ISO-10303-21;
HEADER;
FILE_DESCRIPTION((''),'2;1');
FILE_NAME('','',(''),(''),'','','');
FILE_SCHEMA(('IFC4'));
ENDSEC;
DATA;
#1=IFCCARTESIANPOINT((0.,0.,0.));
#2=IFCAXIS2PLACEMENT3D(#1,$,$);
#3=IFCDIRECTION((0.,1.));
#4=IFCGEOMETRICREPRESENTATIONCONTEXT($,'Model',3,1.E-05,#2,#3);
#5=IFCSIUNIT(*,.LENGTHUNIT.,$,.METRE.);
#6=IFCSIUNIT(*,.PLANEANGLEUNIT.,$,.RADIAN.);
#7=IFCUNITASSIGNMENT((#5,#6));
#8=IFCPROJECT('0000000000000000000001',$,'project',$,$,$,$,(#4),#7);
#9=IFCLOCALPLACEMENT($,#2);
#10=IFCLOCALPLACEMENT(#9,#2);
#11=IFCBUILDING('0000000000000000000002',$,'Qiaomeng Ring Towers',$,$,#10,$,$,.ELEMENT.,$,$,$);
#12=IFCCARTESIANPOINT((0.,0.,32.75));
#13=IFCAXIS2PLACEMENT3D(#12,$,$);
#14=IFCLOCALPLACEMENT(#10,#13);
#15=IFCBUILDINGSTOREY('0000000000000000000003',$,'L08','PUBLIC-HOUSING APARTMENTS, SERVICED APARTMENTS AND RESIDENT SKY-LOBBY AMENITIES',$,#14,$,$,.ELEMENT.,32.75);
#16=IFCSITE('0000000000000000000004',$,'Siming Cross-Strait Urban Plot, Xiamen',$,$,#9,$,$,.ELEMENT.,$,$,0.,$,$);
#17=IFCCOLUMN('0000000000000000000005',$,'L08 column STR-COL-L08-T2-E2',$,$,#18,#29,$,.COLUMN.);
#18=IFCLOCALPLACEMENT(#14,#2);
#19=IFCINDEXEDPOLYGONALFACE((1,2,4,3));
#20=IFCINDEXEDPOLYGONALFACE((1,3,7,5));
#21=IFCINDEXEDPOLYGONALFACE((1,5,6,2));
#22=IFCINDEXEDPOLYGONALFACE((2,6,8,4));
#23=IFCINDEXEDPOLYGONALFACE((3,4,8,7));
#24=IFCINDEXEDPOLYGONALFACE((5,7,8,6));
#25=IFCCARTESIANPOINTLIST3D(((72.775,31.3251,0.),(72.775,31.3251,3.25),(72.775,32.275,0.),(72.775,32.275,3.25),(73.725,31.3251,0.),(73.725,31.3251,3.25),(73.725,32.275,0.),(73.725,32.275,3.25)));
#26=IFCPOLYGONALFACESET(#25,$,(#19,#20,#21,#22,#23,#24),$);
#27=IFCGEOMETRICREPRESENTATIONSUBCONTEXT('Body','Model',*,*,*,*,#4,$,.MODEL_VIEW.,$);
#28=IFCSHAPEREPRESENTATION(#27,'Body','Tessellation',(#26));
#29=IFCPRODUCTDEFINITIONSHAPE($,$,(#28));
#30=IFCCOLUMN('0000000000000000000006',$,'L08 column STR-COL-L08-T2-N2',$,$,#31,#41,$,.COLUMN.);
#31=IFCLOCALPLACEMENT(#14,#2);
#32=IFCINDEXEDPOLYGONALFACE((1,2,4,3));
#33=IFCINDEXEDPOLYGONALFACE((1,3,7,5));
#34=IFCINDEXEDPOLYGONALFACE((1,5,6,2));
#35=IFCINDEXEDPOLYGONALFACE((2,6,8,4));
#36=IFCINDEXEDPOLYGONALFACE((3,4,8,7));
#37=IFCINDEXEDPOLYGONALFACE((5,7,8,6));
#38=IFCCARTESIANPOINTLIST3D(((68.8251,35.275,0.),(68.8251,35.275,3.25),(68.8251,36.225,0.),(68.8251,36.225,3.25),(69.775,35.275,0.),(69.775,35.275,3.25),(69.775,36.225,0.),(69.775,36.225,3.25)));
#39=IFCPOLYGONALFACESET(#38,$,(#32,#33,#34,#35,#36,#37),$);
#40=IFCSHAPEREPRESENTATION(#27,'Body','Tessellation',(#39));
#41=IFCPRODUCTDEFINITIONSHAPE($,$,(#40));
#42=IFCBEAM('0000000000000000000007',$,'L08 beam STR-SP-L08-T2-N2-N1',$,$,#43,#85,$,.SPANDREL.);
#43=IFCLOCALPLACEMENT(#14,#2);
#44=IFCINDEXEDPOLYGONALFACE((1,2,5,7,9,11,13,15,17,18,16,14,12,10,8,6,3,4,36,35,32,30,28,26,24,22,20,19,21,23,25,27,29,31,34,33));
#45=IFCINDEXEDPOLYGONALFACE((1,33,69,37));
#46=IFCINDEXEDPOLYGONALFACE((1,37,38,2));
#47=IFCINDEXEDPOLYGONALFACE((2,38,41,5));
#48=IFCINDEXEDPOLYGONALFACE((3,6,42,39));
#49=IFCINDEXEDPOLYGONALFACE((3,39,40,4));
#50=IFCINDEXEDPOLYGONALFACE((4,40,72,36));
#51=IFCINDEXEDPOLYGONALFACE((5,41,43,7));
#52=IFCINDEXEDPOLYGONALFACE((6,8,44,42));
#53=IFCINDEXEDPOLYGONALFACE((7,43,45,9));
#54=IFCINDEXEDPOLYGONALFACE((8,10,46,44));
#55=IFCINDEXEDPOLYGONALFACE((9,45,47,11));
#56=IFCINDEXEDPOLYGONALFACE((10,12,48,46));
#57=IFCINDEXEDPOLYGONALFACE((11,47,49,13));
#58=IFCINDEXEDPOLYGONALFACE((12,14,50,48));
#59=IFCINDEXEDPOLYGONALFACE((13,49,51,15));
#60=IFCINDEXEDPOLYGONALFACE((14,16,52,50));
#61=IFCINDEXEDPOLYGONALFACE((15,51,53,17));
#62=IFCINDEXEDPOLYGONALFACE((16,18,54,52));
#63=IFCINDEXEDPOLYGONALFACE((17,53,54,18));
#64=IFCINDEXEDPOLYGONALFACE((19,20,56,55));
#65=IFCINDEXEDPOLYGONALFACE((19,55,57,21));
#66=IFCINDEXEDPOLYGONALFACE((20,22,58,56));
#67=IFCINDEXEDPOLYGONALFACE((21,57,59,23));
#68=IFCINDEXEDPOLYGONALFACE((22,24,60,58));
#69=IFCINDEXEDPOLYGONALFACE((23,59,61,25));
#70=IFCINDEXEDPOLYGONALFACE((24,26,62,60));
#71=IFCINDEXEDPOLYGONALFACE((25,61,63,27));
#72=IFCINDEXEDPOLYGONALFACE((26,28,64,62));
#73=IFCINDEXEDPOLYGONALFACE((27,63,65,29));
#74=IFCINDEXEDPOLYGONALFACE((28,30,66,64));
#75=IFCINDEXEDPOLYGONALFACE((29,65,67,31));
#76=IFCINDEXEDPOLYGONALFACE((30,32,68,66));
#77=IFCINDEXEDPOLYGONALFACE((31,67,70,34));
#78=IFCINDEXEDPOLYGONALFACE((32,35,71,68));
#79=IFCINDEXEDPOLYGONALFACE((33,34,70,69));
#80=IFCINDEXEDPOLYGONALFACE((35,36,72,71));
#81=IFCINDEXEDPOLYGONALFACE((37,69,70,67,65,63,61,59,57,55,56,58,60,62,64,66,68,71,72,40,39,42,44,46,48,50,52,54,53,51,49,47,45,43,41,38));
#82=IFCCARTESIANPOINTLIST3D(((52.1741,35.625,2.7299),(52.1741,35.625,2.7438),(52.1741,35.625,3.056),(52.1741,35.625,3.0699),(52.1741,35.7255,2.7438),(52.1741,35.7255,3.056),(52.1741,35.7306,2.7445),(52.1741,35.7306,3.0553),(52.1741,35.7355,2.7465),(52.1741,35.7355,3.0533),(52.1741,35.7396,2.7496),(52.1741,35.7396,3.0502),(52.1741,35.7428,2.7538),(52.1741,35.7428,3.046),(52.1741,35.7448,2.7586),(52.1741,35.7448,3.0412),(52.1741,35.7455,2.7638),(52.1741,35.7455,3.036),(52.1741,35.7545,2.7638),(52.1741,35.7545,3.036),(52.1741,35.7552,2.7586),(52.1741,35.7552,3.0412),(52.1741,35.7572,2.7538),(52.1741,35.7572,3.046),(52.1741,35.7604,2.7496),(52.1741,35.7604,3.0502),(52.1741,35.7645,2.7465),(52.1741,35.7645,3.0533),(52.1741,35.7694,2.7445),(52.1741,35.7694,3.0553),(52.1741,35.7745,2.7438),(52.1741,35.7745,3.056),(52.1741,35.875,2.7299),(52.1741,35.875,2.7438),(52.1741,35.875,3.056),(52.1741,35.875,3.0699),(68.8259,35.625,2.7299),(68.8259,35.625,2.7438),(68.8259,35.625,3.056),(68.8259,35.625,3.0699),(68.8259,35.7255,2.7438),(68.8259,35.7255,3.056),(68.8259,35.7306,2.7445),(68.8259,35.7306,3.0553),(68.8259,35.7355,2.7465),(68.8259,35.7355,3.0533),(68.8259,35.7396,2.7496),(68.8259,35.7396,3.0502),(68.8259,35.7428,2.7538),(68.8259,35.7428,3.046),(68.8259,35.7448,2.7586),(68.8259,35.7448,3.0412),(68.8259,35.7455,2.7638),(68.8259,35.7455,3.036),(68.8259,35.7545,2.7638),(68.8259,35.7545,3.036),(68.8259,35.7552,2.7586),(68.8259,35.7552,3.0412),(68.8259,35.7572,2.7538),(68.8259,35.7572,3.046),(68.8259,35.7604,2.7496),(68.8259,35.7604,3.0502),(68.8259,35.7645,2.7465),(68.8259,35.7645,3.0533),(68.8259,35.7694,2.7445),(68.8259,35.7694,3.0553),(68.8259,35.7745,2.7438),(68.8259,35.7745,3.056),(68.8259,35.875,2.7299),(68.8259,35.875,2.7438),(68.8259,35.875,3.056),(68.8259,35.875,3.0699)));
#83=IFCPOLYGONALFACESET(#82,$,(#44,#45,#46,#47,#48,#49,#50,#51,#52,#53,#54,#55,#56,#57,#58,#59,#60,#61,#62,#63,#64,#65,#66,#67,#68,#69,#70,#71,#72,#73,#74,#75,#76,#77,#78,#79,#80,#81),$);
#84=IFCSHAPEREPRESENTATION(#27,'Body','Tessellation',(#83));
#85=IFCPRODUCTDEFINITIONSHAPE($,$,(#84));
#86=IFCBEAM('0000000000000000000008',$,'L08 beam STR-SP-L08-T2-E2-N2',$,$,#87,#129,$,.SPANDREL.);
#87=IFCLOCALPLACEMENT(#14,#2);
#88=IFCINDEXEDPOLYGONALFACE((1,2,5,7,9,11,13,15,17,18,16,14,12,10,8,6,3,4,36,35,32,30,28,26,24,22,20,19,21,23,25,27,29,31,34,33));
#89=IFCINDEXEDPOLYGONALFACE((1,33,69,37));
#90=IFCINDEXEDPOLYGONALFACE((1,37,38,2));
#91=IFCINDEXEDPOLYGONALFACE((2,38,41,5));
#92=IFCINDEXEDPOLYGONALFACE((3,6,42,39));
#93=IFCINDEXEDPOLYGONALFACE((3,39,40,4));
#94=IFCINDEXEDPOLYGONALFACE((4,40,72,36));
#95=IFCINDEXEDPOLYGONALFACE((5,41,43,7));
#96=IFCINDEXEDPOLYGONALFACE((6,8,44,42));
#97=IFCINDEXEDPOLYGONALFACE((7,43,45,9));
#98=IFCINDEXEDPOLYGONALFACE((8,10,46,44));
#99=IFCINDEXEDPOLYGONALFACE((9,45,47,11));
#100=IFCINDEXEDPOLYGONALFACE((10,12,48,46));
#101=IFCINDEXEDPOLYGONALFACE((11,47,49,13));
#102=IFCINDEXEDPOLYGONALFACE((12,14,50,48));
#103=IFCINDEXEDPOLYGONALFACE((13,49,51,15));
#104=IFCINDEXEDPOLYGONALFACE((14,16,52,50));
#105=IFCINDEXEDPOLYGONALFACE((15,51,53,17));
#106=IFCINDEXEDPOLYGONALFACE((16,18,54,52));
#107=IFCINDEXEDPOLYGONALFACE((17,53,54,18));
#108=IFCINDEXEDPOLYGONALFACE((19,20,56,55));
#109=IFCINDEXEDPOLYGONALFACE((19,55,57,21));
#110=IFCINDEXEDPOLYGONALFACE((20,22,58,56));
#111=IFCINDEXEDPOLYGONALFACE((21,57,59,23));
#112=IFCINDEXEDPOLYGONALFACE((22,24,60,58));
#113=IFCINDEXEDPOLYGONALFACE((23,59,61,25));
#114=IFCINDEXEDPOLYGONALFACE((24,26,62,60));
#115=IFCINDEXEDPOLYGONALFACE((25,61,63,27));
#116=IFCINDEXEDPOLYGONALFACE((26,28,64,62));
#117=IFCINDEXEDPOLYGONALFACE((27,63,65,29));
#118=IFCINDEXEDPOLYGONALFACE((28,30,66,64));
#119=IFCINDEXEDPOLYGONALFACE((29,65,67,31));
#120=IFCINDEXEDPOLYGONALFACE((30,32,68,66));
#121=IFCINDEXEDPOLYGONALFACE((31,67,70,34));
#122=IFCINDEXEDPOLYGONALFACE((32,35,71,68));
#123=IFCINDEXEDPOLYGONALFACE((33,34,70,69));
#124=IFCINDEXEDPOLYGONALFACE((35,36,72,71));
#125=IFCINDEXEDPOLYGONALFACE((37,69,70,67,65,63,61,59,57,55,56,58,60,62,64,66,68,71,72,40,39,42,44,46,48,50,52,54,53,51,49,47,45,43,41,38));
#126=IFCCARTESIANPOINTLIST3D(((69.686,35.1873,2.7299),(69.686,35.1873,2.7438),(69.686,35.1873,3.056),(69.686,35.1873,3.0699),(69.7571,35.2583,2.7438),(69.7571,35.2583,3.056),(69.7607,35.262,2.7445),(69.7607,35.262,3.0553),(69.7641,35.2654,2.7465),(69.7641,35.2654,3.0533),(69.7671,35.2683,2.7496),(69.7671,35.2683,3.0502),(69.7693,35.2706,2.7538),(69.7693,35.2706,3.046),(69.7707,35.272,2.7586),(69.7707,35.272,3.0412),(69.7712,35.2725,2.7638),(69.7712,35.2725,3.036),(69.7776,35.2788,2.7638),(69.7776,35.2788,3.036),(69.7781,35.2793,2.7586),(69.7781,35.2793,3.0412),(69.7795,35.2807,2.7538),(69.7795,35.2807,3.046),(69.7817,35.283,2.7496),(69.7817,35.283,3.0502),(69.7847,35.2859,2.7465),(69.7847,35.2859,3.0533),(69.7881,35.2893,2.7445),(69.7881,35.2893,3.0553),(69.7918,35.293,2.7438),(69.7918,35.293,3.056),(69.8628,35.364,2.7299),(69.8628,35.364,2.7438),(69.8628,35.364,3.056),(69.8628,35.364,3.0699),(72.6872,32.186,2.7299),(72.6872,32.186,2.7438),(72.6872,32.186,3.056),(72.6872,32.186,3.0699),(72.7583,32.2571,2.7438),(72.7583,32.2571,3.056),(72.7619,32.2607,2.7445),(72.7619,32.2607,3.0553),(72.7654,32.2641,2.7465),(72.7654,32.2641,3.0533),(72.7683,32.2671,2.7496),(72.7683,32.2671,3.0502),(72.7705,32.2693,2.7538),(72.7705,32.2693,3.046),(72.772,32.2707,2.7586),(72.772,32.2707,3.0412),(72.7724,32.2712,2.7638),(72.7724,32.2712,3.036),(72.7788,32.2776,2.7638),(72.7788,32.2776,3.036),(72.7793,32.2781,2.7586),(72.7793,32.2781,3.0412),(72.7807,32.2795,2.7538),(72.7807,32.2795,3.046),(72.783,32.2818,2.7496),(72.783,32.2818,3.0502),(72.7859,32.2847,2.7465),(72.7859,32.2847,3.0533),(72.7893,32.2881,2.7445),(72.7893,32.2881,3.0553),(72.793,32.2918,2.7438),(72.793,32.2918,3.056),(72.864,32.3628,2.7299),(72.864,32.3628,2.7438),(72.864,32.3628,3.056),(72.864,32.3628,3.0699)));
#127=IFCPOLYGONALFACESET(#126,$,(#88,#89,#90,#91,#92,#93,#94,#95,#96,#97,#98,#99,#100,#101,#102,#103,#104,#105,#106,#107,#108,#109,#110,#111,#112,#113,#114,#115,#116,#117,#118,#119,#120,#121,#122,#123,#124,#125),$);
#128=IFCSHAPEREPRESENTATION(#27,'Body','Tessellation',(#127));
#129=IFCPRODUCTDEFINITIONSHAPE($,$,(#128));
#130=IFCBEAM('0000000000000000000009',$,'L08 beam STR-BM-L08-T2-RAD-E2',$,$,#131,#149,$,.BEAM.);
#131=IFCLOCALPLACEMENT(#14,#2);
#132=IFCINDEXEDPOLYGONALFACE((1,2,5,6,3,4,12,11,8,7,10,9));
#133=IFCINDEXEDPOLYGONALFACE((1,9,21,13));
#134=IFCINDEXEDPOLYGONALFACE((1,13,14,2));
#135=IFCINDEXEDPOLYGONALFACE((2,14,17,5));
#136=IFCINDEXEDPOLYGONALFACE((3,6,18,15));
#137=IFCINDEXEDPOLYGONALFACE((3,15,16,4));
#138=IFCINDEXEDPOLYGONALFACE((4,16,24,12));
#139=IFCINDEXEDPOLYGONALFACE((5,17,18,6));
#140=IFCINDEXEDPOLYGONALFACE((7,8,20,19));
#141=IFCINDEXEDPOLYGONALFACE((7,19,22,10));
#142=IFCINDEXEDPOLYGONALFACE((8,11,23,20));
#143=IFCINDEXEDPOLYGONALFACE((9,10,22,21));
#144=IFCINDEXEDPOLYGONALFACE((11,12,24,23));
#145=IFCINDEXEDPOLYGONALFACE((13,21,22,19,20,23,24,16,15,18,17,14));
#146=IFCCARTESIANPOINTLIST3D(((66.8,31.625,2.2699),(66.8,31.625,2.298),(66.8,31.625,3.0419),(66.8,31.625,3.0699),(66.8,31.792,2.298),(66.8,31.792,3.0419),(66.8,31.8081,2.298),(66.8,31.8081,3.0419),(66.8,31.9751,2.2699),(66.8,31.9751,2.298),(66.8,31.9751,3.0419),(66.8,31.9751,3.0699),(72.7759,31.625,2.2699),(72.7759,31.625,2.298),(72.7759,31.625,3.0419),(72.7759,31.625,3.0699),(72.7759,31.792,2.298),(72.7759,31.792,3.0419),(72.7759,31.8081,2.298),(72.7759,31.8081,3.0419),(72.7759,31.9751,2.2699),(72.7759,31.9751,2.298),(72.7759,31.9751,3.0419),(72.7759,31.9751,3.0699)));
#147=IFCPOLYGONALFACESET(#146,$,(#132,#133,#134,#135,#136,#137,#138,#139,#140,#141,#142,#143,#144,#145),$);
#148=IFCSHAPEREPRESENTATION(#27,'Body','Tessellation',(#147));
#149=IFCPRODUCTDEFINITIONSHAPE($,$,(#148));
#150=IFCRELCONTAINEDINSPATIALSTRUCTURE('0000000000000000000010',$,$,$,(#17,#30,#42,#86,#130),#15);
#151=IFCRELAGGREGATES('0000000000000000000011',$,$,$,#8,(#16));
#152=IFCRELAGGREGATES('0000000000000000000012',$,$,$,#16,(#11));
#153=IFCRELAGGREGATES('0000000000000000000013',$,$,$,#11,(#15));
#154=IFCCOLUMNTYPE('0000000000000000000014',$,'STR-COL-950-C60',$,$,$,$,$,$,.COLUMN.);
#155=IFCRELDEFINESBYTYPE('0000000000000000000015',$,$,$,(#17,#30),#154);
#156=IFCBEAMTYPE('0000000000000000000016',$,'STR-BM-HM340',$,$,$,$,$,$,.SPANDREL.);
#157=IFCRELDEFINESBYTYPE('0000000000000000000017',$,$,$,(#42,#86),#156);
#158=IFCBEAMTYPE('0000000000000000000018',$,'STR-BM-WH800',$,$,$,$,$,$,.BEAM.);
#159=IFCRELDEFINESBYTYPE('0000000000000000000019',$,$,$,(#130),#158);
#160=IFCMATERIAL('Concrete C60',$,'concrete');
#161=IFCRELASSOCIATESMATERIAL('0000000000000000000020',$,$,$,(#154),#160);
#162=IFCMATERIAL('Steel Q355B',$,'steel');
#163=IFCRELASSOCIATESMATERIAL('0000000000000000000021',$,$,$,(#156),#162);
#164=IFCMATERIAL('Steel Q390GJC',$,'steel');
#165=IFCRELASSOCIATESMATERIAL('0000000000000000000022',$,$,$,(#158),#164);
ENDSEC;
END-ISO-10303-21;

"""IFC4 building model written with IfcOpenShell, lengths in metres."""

from ifc_helpers import new_model, si_unit, direction, frame, origin, origin_2d, place, context, subcontext, project, spatial, rectangle, i_section, extrude, source, transform, mapped, material, material_profile, profile_set, type_object, element, save


model = new_model("IFC4")

# Units and contexts
model_context = context("Model", 3, precision=1e-05, world=origin(), true_north=direction((0.0, 1.0)))
body_context = subcontext(model_context, "Body", "Model", "MODEL_VIEW")
ifc_project = project(units=[si_unit("LENGTHUNIT", "METRE"), si_unit("PLANEANGLEUNIT", "RADIAN")], contexts=[model_context])

# Site, building, storey
site_placement = place(None, origin())
site = spatial("IfcSite", under=ifc_project, at=site_placement, Name="Siming Cross-Strait Urban Plot, Xiamen", CompositionType="ELEMENT", RefElevation=0.0)
building_placement = place(site_placement, origin())
building = spatial("IfcBuilding", under=site, at=building_placement, Name="Qiaomeng Ring Towers", CompositionType="ELEMENT")
storey_placement = place(building_placement, frame((0.0, 0.0, 32.75)))
storey = spatial("IfcBuildingStorey", under=building, at=storey_placement, Name="L08", Description="PUBLIC-HOUSING APARTMENTS, SERVICED APARTMENTS AND RESIDENT SKY-LOBBY AMENITIES", CompositionType="ELEMENT", Elevation=32.75)

# Columns
ifc_material_1 = material(Name="Concrete C60", Category="concrete")
ifc_material_profile_1 = material_profile(ifc_material_1, rectangle(XDim=0.95, YDim=0.95, at=origin_2d()), Name="RC COL 950x950")
ifc_profile_set_1 = profile_set([ifc_material_profile_1], Name="Concrete C60")
column_type = type_object("IfcColumnType", Name="STR-COL-950-C60", PredefinedType="COLUMN", material=ifc_profile_set_1)
shared_shape_1 = source(origin(), body_context, "Body", "SweptSolid", [
    extrude(rectangle(XDim=0.95, YDim=0.95, at=origin_2d()), origin(), (0.0, 0.0, 1.0), 3.25),
])
for number, where, z_axis, x_axis, name in (
    (1, (73.25, 31.8, 0.0), (0.0, 0.0, 1.0), (1.0, 0.0, 0.0), "L08 column STR-COL-L08-T2-E2"),
    (2, (69.3, 35.75, 0.0), (0.0, 0.0, 1.0), (1.0, 0.0, 0.0), "L08 column STR-COL-L08-T2-N2"),
):
    element("IfcColumn", number, at=place(storey_placement, frame(where, z_axis=z_axis, x_axis=x_axis)), inside=storey, type_object=column_type, Name=name, PredefinedType="COLUMN", context=body_context, shape_type="MappedRepresentation", body=[
        mapped(shared_shape_1, transform((0.0, 0.0, 0.0), x_axis=(1.0, 0.0, 0.0), y_axis=(0.0, 1.0, 0.0), z_axis=(0.0, 0.0, 1.0), scale=1.0)),
    ])

# Beams
ifc_material_2 = material(Name="Steel Q355B", Category="steel")
ifc_material_profile_2 = material_profile(ifc_material_2, i_section(OverallWidth=0.25, OverallDepth=0.3401, WebThickness=0.009, FlangeThickness=0.0139, FilletRadius=0.02, at=origin_2d()), Name="HM 340x250x9x14")
ifc_profile_set_2 = profile_set([ifc_material_profile_2], Name="Steel Q355B")
beam_type_1 = type_object("IfcBeamType", Name="STR-BM-HM340", PredefinedType="SPANDREL", material=ifc_profile_set_2)
shared_shape_2 = source(origin(), body_context, "Body", "SweptSolid", [
    extrude(i_section(OverallWidth=0.25, OverallDepth=0.3401, WebThickness=0.009, FlangeThickness=0.0139, FilletRadius=0.02, at=origin_2d()), origin(), (0.0, 0.0, 1.0), 16.6519),
])
beam_1_placement = place(storey_placement, frame((68.8259, 35.75, 2.8999), z_axis=(-1.0, 0.0, 0.0), x_axis=(0.0, -1.0, 0.0)))
element("IfcBeam", 3, at=beam_1_placement, inside=storey, type_object=beam_type_1, Name="L08 beam STR-SP-L08-T2-N2-N1", PredefinedType="SPANDREL", context=body_context, shape_type="MappedRepresentation", body=[
    mapped(shared_shape_2, transform((0.0, 0.0, 0.0), x_axis=(1.0, 0.0, 0.0), y_axis=(0.0, 1.0, 0.0), z_axis=(0.0, 0.0, 1.0), scale=1.0)),
])
shared_shape_3 = source(origin(), body_context, "Body", "SweptSolid", [
    extrude(i_section(OverallWidth=0.25, OverallDepth=0.3401, WebThickness=0.009, FlangeThickness=0.0139, FilletRadius=0.02, at=origin_2d()), origin(), (0.0, 0.0, 1.0), 4.2444),
])
beam_2_placement = place(storey_placement, frame((72.7756, 32.2744, 2.8999), z_axis=(-0.707107, 0.707107, 0.0), x_axis=(-0.707107, -0.707107, 0.0)))
element("IfcBeam", 4, at=beam_2_placement, inside=storey, type_object=beam_type_1, Name="L08 beam STR-SP-L08-T2-E2-N2", PredefinedType="SPANDREL", context=body_context, shape_type="MappedRepresentation", body=[
    mapped(shared_shape_3, transform((0.0, 0.0, 0.0), x_axis=(1.0, 0.0, 0.0), y_axis=(0.0, 1.0, 0.0), z_axis=(0.0, 0.0, 1.0), scale=1.0)),
])
ifc_material_3 = material(Name="Steel Q390GJC", Category="steel")
ifc_material_profile_3 = material_profile(ifc_material_3, i_section(OverallWidth=0.3501, OverallDepth=0.8, WebThickness=0.0161, FlangeThickness=0.0281, at=origin_2d()), Name="WH 800x350x16x28")
ifc_profile_set_3 = profile_set([ifc_material_profile_3], Name="Steel Q390GJC")
beam_type_2 = type_object("IfcBeamType", Name="STR-BM-WH800", PredefinedType="BEAM", material=ifc_profile_set_3)
shared_shape_4 = source(origin(), body_context, "Body", "SweptSolid", [
    extrude(i_section(OverallWidth=0.3501, OverallDepth=0.8, WebThickness=0.0161, FlangeThickness=0.0281, at=origin_2d()), origin(), (0.0, 0.0, 1.0), 5.9758),
])
beam_3_placement = place(storey_placement, frame((66.8, 31.8, 2.6699), z_axis=(1.0, 0.0, 0.0), x_axis=(0.0, 1.0, 0.0)))
element("IfcBeam", 5, at=beam_3_placement, inside=storey, type_object=beam_type_2, Name="L08 beam STR-BM-L08-T2-RAD-E2", PredefinedType="BEAM", context=body_context, shape_type="MappedRepresentation", body=[
    mapped(shared_shape_4, transform((0.0, 0.0, 0.0), x_axis=(1.0, 0.0, 0.0), y_axis=(0.0, 1.0, 0.0), z_axis=(0.0, 0.0, 1.0), scale=1.0)),
])

save(model, "model.ifc")
